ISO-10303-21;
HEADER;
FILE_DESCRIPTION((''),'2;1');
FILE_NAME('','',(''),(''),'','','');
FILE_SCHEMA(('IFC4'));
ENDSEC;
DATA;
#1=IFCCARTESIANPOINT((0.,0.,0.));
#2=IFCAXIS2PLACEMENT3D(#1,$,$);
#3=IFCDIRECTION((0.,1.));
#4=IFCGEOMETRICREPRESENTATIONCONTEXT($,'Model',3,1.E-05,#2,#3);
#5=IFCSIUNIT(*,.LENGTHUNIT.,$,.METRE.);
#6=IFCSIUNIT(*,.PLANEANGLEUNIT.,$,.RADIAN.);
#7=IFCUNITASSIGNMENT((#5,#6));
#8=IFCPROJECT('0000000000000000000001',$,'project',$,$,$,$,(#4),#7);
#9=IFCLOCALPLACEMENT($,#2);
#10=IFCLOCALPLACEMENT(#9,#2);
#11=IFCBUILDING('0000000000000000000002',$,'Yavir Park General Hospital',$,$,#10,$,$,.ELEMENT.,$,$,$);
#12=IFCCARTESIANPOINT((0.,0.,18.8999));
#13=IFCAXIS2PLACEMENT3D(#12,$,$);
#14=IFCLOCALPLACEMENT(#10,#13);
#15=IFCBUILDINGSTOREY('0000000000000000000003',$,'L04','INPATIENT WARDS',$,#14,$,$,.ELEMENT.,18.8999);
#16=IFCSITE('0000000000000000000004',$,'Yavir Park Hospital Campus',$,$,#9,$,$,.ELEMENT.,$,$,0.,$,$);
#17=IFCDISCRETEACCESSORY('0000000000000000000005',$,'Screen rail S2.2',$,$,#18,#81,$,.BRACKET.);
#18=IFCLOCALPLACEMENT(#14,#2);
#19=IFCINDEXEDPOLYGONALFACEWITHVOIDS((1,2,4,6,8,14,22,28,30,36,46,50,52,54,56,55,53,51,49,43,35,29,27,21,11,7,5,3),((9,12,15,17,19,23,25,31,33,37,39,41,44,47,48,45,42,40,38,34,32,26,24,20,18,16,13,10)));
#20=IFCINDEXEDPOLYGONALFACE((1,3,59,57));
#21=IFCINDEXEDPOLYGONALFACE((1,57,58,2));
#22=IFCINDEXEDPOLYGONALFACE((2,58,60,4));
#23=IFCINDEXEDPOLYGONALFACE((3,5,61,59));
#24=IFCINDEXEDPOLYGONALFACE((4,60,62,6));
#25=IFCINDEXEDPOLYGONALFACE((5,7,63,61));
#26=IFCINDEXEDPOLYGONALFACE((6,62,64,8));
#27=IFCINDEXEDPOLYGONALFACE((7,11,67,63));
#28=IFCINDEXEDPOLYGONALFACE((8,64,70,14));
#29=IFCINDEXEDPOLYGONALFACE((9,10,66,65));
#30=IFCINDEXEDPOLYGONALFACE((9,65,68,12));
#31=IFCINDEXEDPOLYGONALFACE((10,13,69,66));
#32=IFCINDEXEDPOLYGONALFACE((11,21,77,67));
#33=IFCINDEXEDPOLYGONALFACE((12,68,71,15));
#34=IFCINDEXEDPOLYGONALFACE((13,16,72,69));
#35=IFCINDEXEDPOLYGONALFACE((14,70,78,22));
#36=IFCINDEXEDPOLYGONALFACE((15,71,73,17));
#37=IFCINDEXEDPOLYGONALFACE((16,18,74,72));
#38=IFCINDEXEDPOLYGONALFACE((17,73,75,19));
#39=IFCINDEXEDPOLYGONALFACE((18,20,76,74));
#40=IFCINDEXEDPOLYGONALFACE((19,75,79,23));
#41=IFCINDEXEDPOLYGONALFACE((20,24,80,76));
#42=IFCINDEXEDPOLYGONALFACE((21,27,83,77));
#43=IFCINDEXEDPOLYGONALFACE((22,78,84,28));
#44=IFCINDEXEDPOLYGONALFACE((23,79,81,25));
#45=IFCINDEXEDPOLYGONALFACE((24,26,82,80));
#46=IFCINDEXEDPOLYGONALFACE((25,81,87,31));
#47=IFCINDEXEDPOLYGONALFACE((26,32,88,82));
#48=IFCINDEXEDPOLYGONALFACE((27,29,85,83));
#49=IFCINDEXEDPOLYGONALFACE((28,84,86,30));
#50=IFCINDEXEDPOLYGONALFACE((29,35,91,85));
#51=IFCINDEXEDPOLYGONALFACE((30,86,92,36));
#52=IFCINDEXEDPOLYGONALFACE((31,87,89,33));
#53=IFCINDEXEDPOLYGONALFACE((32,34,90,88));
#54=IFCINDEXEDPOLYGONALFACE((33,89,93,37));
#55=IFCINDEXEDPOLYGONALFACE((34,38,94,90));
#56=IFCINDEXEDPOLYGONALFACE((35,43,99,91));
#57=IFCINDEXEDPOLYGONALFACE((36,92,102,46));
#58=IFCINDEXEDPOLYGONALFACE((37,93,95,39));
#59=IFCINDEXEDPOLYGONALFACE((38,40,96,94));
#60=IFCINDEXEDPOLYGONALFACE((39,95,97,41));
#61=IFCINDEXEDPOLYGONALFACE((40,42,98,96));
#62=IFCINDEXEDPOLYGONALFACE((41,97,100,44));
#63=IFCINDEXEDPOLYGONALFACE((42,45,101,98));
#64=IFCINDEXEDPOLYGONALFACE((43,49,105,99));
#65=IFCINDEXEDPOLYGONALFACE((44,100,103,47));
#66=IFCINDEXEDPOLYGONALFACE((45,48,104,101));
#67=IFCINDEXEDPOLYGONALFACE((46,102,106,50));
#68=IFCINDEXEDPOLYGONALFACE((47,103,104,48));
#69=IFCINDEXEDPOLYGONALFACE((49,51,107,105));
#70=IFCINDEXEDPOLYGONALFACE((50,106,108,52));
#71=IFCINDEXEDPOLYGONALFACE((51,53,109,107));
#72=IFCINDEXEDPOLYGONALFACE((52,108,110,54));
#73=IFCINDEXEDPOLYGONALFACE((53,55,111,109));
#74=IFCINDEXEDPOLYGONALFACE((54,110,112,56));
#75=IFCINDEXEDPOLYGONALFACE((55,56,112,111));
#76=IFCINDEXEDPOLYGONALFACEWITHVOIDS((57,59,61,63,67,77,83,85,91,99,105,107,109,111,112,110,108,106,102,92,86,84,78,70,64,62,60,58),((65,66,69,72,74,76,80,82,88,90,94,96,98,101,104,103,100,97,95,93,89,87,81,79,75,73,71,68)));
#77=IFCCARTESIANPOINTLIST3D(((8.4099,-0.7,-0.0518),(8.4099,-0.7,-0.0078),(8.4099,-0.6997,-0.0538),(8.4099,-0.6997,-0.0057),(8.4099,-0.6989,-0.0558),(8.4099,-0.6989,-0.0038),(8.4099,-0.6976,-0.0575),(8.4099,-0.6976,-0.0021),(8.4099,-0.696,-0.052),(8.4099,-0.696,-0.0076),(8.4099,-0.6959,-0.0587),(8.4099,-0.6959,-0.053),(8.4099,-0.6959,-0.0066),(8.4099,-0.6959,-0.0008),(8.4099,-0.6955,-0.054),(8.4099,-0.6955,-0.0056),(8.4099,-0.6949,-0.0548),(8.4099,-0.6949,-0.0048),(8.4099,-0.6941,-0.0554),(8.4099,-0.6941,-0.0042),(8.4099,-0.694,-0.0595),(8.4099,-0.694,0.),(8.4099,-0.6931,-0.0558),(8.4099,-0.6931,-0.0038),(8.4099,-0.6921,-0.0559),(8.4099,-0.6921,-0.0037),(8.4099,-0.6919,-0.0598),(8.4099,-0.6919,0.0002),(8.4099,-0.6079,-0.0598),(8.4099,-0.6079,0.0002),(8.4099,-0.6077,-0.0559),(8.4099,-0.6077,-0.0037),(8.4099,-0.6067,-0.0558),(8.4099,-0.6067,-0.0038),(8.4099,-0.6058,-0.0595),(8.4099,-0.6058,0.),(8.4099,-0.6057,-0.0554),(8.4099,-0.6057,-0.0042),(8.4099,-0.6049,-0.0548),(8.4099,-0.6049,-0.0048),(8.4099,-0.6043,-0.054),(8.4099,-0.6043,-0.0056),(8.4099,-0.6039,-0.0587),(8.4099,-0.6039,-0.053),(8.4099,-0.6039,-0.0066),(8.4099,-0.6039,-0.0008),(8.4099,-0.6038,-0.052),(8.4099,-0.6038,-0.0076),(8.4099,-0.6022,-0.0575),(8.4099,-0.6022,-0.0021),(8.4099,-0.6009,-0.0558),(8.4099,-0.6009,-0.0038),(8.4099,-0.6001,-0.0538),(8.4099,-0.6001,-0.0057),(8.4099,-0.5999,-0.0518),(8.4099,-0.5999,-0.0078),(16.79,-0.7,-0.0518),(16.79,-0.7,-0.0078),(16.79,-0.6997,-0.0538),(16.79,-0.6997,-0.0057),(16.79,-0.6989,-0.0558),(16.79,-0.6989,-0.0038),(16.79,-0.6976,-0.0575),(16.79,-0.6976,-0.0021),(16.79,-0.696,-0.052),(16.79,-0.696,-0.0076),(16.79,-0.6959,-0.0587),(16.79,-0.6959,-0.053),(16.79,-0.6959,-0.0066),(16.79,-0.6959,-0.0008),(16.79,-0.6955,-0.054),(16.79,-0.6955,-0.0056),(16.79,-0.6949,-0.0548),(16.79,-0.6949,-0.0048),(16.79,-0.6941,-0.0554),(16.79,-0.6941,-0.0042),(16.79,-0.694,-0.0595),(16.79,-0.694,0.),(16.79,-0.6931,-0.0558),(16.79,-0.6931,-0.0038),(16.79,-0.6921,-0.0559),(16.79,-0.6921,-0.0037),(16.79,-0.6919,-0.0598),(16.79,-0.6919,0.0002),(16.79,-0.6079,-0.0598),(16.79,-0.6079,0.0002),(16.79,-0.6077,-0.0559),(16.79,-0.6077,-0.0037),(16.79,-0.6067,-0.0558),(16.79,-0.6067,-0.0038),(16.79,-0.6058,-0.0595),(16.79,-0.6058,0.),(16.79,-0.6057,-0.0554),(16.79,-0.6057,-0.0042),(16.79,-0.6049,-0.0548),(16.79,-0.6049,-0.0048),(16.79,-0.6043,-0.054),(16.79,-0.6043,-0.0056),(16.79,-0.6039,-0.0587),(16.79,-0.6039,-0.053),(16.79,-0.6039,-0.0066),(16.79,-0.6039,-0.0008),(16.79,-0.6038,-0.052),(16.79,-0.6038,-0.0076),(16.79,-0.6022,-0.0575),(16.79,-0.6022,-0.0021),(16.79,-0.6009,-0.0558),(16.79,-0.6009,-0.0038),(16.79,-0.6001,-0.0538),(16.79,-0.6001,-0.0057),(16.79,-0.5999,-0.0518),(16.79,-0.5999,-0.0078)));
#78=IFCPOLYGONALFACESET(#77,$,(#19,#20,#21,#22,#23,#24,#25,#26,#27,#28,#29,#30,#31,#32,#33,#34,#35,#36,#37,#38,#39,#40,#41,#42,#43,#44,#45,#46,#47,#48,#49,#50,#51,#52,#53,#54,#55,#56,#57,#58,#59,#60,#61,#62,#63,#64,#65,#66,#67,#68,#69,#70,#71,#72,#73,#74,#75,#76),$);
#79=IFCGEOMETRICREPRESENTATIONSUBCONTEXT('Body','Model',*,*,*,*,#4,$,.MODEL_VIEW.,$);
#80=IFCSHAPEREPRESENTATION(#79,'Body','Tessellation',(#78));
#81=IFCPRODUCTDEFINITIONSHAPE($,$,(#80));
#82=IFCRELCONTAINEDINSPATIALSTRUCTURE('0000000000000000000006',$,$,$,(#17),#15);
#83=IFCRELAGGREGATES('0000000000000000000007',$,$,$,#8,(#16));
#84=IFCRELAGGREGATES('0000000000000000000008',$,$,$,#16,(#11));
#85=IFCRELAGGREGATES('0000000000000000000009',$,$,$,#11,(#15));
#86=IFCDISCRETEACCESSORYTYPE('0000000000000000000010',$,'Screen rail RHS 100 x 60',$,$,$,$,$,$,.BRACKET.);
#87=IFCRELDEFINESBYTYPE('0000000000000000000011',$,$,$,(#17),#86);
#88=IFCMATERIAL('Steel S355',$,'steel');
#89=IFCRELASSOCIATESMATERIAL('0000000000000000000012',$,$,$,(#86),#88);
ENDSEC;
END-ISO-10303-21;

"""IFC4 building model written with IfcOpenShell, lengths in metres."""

from ifc_helpers import new_model, si_unit, direction, frame, origin, origin_2d, place, context, subcontext, project, spatial, hollow_rectangle, extrude, material, material_profile, profile_set, type_object, element, save


model = new_model("IFC4")

# Units and contexts
model_context = context("Model", 3, precision=1e-05, world=origin(), true_north=direction((0.0, 1.0)))
body_context = subcontext(model_context, "Body", "Model", "MODEL_VIEW")
ifc_project = project(units=[si_unit("LENGTHUNIT", "METRE"), si_unit("PLANEANGLEUNIT", "RADIAN")], contexts=[model_context])

# Site, building, storey
site_placement = place(None, origin())
site = spatial("IfcSite", under=ifc_project, at=site_placement, Name="Yavir Park Hospital Campus", CompositionType="ELEMENT", RefElevation=0.0)
building_placement = place(site_placement, origin())
building = spatial("IfcBuilding", under=site, at=building_placement, Name="Yavir Park General Hospital", CompositionType="ELEMENT")
storey_placement = place(building_placement, frame((0.0, 0.0, 18.8999)))
storey = spatial("IfcBuildingStorey", under=building, at=storey_placement, Name="L04", Description="INPATIENT WARDS", CompositionType="ELEMENT", Elevation=18.8999)

# Discrete accessory
ifc_material_1 = material(Name="Steel S355", Category="steel")
ifc_material_profile_1 = material_profile(ifc_material_1, hollow_rectangle(XDim=0.1001, YDim=0.0601, WallThickness=0.0039, InnerFilletRadius=0.0039, OuterFilletRadius=0.0081, at=origin_2d()), Name="RHS60x100x4")
ifc_profile_set_1 = profile_set([ifc_material_profile_1], Name="Steel S355")
discrete_accessory_type_1 = type_object("IfcDiscreteAccessoryType", Name="Screen rail RHS 100 x 60", PredefinedType="BRACKET", material=ifc_profile_set_1)
discrete_accessory_placement = place(storey_placement, frame((8.4099, -0.6499, -0.0298), z_axis=(1.0, 0.0, 0.0), x_axis=(0.0, 1.0, 0.0)))
element("IfcDiscreteAccessory", 1, at=discrete_accessory_placement, inside=storey, type_object=discrete_accessory_type_1, Name="Screen rail S2.2", PredefinedType="BRACKET", context=body_context, shape_type="SweptSolid", body=[
    extrude(hollow_rectangle(XDim=0.1001, YDim=0.0601, WallThickness=0.0039, InnerFilletRadius=0.0039, OuterFilletRadius=0.0081, at=origin_2d()), origin(), (0.0, 0.0, 1.0), 8.3801),
])

save(model, "model.ifc")
